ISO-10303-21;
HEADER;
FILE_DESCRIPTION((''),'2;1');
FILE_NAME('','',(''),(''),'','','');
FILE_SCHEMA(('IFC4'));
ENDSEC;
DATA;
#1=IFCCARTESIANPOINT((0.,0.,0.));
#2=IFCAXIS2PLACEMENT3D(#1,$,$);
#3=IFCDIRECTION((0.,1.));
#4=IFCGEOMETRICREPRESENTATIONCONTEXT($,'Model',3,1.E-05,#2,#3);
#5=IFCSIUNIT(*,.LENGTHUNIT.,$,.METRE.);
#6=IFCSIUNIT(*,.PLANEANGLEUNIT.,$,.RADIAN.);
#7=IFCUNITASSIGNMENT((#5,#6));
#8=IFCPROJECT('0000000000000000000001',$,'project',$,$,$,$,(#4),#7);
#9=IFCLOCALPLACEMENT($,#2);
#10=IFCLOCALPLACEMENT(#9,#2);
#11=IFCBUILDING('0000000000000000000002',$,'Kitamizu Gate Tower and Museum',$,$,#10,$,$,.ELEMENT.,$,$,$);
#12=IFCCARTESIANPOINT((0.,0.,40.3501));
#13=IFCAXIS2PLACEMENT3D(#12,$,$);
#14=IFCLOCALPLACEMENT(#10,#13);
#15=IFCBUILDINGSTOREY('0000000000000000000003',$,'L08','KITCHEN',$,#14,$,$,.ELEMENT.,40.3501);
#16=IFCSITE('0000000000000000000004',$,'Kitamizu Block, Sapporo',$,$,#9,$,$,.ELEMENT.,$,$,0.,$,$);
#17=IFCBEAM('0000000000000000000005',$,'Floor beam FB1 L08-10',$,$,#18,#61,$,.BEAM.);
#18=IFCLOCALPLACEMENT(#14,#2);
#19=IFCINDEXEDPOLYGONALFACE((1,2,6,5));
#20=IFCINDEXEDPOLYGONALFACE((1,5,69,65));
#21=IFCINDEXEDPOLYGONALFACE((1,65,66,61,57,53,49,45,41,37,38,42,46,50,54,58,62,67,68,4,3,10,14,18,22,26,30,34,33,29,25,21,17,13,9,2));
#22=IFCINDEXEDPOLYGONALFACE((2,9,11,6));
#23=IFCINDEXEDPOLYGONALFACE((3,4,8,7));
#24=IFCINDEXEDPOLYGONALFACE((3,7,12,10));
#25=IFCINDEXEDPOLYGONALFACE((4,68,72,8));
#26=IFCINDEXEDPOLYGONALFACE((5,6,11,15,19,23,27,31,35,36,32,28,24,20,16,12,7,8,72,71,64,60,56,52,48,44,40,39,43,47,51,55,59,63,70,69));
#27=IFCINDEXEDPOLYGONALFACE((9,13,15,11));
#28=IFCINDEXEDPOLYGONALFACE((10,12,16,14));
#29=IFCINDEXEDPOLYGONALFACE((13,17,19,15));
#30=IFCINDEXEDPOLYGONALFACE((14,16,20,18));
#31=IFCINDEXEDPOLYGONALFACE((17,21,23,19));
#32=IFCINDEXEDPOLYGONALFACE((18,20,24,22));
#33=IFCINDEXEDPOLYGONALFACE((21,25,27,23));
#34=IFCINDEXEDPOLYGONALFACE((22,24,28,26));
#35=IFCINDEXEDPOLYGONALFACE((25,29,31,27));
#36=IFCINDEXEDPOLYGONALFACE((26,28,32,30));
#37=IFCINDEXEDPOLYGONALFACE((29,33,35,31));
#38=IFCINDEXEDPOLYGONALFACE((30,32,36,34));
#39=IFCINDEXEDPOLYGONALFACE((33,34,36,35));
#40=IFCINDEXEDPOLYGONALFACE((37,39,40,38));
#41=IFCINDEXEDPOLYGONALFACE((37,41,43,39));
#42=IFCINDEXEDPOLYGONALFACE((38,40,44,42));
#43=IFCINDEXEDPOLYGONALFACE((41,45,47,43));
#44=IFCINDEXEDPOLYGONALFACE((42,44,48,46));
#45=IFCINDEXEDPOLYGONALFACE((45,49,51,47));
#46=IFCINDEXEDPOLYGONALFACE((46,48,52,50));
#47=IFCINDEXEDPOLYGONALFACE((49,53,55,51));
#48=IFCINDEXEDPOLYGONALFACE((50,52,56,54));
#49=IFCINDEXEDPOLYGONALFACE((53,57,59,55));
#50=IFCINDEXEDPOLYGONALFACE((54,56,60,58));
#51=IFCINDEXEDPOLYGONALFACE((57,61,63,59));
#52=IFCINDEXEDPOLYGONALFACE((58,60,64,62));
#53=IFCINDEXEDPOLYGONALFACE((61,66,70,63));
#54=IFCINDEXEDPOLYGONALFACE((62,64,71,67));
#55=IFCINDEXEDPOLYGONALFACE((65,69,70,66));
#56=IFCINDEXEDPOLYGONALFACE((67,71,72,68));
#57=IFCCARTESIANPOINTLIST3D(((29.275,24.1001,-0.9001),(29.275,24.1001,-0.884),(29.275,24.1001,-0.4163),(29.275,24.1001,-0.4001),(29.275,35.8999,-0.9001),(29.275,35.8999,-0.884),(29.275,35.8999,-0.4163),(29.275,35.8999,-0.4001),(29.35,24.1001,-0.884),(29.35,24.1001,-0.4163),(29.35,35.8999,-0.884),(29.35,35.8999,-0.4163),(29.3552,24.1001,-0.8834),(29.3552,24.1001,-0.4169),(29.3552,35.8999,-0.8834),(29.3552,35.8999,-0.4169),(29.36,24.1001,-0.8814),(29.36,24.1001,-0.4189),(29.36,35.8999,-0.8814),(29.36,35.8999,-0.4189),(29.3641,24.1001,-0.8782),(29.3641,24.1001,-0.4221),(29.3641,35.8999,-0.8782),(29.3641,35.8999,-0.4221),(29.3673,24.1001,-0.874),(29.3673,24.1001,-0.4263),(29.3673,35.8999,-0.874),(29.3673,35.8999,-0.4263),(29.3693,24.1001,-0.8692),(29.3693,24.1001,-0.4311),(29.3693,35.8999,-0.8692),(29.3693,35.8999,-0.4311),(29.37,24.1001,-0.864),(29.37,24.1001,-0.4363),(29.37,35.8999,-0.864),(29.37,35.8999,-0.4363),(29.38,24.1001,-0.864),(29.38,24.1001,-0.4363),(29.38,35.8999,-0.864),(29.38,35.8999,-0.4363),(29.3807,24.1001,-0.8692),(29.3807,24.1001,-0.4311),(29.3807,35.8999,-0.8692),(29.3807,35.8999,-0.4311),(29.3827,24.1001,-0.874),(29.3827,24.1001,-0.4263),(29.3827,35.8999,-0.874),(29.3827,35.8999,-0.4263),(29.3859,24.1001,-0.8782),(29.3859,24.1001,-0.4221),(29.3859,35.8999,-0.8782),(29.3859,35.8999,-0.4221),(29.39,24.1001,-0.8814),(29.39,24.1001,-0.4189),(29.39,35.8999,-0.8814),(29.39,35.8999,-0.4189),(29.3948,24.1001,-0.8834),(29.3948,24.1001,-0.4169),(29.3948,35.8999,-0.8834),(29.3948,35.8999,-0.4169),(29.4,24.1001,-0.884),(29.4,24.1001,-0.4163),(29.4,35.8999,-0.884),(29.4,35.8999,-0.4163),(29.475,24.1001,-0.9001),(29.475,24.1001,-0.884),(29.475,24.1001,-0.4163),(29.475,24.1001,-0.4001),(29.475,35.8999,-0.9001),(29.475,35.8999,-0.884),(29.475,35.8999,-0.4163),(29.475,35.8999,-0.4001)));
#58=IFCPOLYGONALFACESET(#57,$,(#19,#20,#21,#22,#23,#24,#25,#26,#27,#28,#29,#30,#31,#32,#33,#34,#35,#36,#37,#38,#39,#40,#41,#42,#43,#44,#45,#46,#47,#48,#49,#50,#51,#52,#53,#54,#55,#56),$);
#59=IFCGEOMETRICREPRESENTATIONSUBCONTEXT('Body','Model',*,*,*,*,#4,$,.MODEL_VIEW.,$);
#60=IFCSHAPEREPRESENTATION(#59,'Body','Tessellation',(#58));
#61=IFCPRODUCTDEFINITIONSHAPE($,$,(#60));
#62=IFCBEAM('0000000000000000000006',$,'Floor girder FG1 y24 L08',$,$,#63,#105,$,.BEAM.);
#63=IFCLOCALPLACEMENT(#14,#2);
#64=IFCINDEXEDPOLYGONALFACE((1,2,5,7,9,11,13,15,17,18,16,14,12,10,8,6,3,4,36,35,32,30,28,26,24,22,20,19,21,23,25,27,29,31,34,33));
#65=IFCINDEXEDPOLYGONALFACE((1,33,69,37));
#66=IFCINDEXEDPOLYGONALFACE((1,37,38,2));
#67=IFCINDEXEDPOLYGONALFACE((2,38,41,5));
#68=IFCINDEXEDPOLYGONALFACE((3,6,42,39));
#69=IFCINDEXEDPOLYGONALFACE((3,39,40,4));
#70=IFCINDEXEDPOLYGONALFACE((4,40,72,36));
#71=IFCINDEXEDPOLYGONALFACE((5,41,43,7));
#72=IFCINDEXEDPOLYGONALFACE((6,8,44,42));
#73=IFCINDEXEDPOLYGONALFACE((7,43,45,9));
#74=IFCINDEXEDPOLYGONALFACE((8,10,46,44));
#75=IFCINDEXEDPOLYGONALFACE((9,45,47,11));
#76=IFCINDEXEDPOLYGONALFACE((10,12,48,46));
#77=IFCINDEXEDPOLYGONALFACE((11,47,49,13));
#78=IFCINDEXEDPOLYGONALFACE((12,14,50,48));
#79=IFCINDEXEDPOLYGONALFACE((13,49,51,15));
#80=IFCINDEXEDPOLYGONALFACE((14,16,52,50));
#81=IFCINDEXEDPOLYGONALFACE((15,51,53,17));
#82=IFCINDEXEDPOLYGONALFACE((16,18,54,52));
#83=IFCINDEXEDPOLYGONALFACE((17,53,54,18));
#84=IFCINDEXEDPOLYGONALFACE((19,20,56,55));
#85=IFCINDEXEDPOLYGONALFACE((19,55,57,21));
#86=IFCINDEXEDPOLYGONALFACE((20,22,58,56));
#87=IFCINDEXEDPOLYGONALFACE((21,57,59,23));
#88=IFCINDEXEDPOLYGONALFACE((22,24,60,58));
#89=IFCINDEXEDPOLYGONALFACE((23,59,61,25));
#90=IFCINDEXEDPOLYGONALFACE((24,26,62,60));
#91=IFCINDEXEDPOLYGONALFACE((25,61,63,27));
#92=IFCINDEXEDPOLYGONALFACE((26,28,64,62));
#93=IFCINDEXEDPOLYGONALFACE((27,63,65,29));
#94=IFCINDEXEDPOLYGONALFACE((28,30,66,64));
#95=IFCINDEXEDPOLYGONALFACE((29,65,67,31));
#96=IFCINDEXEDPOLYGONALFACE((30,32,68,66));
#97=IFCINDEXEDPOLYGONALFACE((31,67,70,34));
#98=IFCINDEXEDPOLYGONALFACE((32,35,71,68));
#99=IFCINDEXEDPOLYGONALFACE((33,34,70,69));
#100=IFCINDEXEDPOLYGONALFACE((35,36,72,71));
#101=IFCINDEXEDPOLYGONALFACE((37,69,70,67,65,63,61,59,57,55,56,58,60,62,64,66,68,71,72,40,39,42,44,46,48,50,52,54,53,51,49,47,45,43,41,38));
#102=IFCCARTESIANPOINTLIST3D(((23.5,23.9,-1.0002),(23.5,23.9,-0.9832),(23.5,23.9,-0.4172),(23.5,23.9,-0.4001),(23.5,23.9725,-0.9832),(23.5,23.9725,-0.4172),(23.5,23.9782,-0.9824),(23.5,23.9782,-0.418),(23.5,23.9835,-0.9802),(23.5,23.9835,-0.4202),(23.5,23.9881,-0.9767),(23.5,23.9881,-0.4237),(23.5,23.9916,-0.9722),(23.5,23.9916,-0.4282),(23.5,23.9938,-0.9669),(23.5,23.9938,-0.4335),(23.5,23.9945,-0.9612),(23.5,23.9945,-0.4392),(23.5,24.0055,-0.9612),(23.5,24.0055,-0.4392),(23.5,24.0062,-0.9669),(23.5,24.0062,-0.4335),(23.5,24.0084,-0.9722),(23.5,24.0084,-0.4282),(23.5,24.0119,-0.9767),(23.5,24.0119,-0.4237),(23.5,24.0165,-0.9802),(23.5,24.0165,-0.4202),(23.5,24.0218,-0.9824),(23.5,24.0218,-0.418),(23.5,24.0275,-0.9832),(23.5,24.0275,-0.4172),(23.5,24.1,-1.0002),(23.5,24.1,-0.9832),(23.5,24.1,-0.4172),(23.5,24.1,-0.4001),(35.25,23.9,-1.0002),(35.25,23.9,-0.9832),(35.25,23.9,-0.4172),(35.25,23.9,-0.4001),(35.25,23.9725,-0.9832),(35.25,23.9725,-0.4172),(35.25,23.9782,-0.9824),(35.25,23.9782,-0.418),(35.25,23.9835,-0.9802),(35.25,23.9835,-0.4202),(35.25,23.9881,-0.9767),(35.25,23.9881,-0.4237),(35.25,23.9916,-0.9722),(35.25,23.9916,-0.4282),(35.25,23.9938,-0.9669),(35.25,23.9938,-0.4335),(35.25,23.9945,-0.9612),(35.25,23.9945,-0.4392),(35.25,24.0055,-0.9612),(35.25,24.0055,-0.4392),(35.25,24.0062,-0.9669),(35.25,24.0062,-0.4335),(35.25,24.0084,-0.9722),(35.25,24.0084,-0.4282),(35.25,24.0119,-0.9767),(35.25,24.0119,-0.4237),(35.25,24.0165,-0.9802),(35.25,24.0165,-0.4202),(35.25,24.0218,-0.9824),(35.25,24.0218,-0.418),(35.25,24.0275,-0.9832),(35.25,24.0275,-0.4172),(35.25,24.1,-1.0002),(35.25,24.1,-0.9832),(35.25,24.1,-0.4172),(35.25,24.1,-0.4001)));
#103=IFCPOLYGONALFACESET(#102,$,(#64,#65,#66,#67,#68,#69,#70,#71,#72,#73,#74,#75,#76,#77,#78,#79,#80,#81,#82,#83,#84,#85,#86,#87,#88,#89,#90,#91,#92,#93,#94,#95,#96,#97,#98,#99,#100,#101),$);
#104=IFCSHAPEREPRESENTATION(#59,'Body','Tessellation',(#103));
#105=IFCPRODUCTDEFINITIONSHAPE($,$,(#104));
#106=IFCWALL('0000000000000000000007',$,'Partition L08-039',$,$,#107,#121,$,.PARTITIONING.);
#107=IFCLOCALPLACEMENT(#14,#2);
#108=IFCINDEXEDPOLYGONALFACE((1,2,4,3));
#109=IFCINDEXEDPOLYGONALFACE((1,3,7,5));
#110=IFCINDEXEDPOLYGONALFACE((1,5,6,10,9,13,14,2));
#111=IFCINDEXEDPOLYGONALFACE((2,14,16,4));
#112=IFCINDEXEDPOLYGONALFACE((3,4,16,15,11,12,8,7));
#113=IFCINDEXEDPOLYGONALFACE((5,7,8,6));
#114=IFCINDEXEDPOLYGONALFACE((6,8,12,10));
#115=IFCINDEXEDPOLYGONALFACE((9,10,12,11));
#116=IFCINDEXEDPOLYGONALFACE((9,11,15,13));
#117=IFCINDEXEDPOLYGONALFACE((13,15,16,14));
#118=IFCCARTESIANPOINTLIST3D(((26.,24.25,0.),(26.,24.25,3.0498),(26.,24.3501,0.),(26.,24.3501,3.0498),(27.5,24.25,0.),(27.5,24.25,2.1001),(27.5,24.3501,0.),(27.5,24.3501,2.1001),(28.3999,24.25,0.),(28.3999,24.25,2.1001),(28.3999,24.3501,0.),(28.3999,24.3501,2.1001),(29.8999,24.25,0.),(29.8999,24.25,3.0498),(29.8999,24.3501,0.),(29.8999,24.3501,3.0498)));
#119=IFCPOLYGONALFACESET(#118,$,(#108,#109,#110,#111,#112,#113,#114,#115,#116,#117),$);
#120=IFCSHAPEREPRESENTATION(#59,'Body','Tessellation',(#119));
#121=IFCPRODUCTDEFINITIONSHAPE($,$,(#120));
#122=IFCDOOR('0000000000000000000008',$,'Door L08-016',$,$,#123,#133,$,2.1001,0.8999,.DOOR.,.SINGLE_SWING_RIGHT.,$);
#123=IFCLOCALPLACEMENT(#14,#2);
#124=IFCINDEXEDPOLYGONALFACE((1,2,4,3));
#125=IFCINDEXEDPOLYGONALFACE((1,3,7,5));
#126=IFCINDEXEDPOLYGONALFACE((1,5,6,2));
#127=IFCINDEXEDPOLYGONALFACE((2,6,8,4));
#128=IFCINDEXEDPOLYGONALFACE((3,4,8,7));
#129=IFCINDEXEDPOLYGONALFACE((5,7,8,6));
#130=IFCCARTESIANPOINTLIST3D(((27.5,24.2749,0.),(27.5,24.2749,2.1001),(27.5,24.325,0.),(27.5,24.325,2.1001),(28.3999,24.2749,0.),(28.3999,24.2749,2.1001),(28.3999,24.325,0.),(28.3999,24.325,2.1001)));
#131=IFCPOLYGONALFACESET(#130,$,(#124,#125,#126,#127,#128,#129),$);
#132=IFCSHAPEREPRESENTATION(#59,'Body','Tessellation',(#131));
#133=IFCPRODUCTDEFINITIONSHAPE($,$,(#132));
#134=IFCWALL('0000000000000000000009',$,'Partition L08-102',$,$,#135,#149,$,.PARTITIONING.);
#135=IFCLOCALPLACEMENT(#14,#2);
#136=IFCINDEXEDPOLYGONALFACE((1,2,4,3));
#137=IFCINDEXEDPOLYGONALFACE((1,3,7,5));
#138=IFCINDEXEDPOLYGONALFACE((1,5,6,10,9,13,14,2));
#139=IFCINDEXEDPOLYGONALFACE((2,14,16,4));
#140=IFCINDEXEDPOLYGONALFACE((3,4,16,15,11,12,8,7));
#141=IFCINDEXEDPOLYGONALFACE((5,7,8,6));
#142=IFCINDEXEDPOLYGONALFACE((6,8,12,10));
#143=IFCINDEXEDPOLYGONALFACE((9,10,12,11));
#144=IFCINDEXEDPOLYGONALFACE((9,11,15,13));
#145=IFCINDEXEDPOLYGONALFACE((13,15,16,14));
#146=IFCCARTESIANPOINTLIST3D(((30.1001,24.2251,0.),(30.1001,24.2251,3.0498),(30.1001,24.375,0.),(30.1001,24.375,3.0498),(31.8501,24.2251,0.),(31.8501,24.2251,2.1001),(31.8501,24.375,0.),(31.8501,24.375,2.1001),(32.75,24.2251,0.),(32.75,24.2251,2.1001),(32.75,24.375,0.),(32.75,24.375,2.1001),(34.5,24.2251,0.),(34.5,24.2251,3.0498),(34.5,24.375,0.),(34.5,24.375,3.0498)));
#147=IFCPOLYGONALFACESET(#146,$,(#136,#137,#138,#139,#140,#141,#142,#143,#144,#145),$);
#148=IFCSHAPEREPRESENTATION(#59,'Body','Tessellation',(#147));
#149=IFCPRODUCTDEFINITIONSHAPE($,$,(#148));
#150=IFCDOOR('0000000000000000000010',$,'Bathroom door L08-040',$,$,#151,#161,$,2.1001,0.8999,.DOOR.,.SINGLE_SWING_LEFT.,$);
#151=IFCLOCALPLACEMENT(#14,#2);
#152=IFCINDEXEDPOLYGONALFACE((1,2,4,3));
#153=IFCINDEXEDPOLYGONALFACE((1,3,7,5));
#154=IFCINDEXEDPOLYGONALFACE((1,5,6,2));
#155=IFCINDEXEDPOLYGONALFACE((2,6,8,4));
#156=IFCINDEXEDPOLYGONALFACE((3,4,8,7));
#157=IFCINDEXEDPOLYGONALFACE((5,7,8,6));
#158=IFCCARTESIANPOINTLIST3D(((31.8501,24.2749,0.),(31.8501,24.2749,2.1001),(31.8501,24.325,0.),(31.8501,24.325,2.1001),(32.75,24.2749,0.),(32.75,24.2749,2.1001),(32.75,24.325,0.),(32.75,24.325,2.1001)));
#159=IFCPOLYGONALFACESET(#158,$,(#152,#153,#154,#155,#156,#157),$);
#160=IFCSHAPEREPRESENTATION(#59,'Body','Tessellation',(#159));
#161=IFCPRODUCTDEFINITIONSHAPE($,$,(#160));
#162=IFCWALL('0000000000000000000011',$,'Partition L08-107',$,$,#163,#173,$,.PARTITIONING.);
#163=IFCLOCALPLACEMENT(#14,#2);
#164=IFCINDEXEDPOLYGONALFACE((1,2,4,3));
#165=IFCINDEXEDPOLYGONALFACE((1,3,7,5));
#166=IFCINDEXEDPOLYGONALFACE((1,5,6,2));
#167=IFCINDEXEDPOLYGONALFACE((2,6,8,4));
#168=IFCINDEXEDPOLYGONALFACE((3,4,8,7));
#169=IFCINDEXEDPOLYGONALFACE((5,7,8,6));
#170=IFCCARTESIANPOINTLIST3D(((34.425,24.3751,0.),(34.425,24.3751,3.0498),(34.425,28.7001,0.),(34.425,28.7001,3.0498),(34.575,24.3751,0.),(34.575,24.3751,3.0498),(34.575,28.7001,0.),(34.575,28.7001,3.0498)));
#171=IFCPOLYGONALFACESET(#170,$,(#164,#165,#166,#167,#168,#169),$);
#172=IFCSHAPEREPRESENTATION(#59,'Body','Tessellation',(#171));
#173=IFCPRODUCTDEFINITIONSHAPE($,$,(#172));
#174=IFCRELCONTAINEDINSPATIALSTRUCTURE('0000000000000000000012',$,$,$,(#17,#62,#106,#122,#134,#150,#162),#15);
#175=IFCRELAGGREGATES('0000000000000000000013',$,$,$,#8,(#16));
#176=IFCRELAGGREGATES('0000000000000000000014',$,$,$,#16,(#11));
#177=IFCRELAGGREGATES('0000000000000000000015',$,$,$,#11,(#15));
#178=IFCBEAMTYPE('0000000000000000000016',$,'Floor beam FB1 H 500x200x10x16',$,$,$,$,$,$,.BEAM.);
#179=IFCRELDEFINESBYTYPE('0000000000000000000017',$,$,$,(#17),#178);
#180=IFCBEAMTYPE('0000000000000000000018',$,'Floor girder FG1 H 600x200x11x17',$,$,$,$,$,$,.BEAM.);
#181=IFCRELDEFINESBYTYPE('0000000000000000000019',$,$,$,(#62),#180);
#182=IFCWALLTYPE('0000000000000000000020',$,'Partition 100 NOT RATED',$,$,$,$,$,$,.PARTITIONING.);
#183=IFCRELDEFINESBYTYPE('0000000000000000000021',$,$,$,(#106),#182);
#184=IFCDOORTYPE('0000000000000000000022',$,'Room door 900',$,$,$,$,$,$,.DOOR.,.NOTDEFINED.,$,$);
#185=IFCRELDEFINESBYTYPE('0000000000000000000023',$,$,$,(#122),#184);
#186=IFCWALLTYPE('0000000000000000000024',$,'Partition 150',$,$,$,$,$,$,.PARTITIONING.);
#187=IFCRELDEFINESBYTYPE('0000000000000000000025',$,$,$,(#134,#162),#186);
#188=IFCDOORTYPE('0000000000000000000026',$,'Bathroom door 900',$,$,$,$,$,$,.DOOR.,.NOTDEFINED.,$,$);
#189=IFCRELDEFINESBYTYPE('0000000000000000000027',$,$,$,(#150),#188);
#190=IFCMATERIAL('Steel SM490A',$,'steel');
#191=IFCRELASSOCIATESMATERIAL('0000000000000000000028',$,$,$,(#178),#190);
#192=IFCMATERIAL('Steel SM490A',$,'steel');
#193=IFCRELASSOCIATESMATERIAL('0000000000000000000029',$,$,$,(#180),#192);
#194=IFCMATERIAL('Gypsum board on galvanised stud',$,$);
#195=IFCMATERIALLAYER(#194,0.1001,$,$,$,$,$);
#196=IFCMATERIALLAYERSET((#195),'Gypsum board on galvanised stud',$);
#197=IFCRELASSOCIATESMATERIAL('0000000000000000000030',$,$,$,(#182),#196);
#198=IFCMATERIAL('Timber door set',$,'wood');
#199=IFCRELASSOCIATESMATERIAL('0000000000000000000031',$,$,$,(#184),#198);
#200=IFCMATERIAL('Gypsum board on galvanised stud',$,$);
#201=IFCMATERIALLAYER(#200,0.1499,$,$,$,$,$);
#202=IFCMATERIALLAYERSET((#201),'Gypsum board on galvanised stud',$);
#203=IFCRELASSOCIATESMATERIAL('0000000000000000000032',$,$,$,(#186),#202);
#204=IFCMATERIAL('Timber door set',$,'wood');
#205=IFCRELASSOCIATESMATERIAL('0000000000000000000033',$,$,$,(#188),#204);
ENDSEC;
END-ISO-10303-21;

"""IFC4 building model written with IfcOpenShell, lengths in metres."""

from ifc_helpers import new_model, si_unit, direction, frame, frame_2d, origin, origin_2d, place, context, subcontext, project, spatial, rectangle, i_section, extrude, material, layer, layer_set, material_profile, profile_set, type_object, element, fill, save


model = new_model("IFC4")

# Units and contexts
model_context = context("Model", 3, precision=1e-05, world=origin(), true_north=direction((0.0, 1.0)))
body_context = subcontext(model_context, "Body", "Model", "MODEL_VIEW")
ifc_project = project(units=[si_unit("LENGTHUNIT", "METRE"), si_unit("PLANEANGLEUNIT", "RADIAN")], contexts=[model_context])

# Site, building, storey
site_placement = place(None, origin())
site = spatial("IfcSite", under=ifc_project, at=site_placement, Name="Kitamizu Block, Sapporo", CompositionType="ELEMENT", RefElevation=0.0)
building_placement = place(site_placement, origin())
building = spatial("IfcBuilding", under=site, at=building_placement, Name="Kitamizu Gate Tower and Museum", CompositionType="ELEMENT")
storey_placement = place(building_placement, frame((0.0, 0.0, 40.3501)))
storey = spatial("IfcBuildingStorey", under=building, at=storey_placement, Name="L08", Description="KITCHEN", CompositionType="ELEMENT", Elevation=40.3501)

# Beams
ifc_material_1 = material(Name="Steel SM490A", Category="steel")
ifc_material_profile_1 = material_profile(ifc_material_1, i_section(OverallWidth=0.2, OverallDepth=0.5, WebThickness=0.01, FlangeThickness=0.0161, FilletRadius=0.02, at=origin_2d()), Name="H-500x200x10x16")
ifc_profile_set_1 = profile_set([ifc_material_profile_1], Name="Steel SM490A")
beam_type_1 = type_object("IfcBeamType", Name="Floor beam FB1 H 500x200x10x16", PredefinedType="BEAM", material=ifc_profile_set_1)
beam_1_placement = place(storey_placement, frame((29.375, 24.1001, -0.6501), z_axis=(0.0, 1.0, 0.0), x_axis=(-1.0, 0.0, 0.0)))
element("IfcBeam", 1, at=beam_1_placement, inside=storey, type_object=beam_type_1, Name="Floor beam FB1 L08-10", PredefinedType="BEAM", context=body_context, shape_type="SweptSolid", body=[
    extrude(i_section(OverallWidth=0.2, OverallDepth=0.5, WebThickness=0.01, FlangeThickness=0.0161, FilletRadius=0.02, at=origin_2d()), origin(), (0.0, 0.0, 1.0), 11.7998),
])
ifc_material_2 = material(Name="Steel SM490A", Category="steel")
ifc_material_profile_2 = material_profile(ifc_material_2, i_section(OverallWidth=0.2, OverallDepth=0.6001, WebThickness=0.011, FlangeThickness=0.0171, FilletRadius=0.022, at=origin_2d()), Name="H-600x200x11x17")
ifc_profile_set_2 = profile_set([ifc_material_profile_2], Name="Steel SM490A")
beam_type_2 = type_object("IfcBeamType", Name="Floor girder FG1 H 600x200x11x17", PredefinedType="BEAM", material=ifc_profile_set_2)
beam_2_placement = place(storey_placement, frame((23.5, 24.0, -0.7002), z_axis=(1.0, 0.0, 0.0), x_axis=(0.0, 1.0, 0.0)))
element("IfcBeam", 2, at=beam_2_placement, inside=storey, type_object=beam_type_2, Name="Floor girder FG1 y24 L08", PredefinedType="BEAM", context=body_context, shape_type="SweptSolid", body=[
    extrude(i_section(OverallWidth=0.2, OverallDepth=0.6001, WebThickness=0.011, FlangeThickness=0.0171, FilletRadius=0.022, at=origin_2d()), origin(), (0.0, 0.0, 1.0), 11.75),
])

# Walls, openings, doors
ifc_material_3 = material(Name="Gypsum board on galvanised stud")
ifc_layer_1 = layer(ifc_material_3, 0.1001)
ifc_layer_set_1 = layer_set([ifc_layer_1], Name="Gypsum board on galvanised stud")
wall_type_1 = type_object("IfcWallType", Name="Partition 100 NOT RATED", PredefinedType="PARTITIONING", material=ifc_layer_set_1)
wall_1_placement = place(storey_placement, frame((29.8999, 24.3, 0.0), z_axis=(0.0, 0.0, 1.0), x_axis=(-1.0, 0.0, 0.0)))
wall_1 = element("IfcWall", 3, at=wall_1_placement, inside=storey, type_object=wall_type_1, Name="Partition L08-039", PredefinedType="PARTITIONING", context=body_context, shape_type="SweptSolid", body=[
    extrude(rectangle(XDim=3.8999, YDim=0.1001, at=frame_2d((1.95, 0.0))), origin(), (0.0, 0.0, 1.0), 3.0498),
])
opening_1_placement = place(wall_1_placement, frame((1.5, 0.0, 0.0)))
opening_1 = element("IfcOpeningElement", 4, at=opening_1_placement, cuts=wall_1, PredefinedType="OPENING", context=body_context, shape_type="SweptSolid", body=[
    extrude(rectangle(XDim=0.8999, YDim=2.1001, at=frame_2d((0.45, 1.05))), frame((0.0, 0.0601, 0.0), z_axis=(0.0, -1.0, 0.0), x_axis=(1.0, 0.0, 0.0)), (0.0, 0.0, 1.0), 0.1201),
])
ifc_material_4 = material(Name="Timber door set", Category="wood")
door_type_1 = type_object("IfcDoorType", Name="Room door 900", OperationType="NOTDEFINED", PredefinedType="DOOR", material=ifc_material_4)
door_1_placement = place(opening_1_placement, frame((0.8999, 0.0, 0.0), x_axis=(-1.0, 0.0, 0.0)))
door_1 = element("IfcDoor", 5, at=door_1_placement, inside=storey, type_object=door_type_1, Name="Door L08-016", OperationType="SINGLE_SWING_RIGHT", OverallHeight=2.1001, OverallWidth=0.8999, PredefinedType="DOOR", context=body_context, shape_type="SweptSolid", body=[
    extrude(rectangle(XDim=0.8999, YDim=2.1001, at=frame_2d((0.45, 1.05))), frame((0.0, 0.0249, 0.0), z_axis=(0.0, -1.0, 0.0), x_axis=(1.0, 0.0, 0.0)), (0.0, 0.0, 1.0), 0.05),
])
fill(opening_1, door_1)
ifc_material_5 = material(Name="Gypsum board on galvanised stud")
ifc_layer_2 = layer(ifc_material_5, 0.1499)
ifc_layer_set_2 = layer_set([ifc_layer_2], Name="Gypsum board on galvanised stud")
wall_type_2 = type_object("IfcWallType", Name="Partition 150", PredefinedType="PARTITIONING", material=ifc_layer_set_2)
wall_2_placement = place(storey_placement, frame((34.5, 24.3, 0.0), z_axis=(0.0, 0.0, 1.0), x_axis=(-1.0, 0.0, 0.0)))
wall_2 = element("IfcWall", 6, at=wall_2_placement, inside=storey, type_object=wall_type_2, Name="Partition L08-102", PredefinedType="PARTITIONING", context=body_context, shape_type="SweptSolid", body=[
    extrude(rectangle(XDim=4.3999, YDim=0.1499, at=frame_2d((2.2, 0.0))), origin(), (0.0, 0.0, 1.0), 3.0498),
])
opening_2_placement = place(wall_2_placement, frame((1.75, 0.0, 0.0)))
opening_2 = element("IfcOpeningElement", 7, at=opening_2_placement, cuts=wall_2, PredefinedType="OPENING", context=body_context, shape_type="SweptSolid", body=[
    extrude(rectangle(XDim=0.8999, YDim=2.1001, at=frame_2d((0.45, 1.05))), frame((0.0, 0.085, 0.0), z_axis=(0.0, -1.0, 0.0), x_axis=(1.0, 0.0, 0.0)), (0.0, 0.0, 1.0), 0.1699),
])
ifc_material_6 = material(Name="Timber door set", Category="wood")
door_type_2 = type_object("IfcDoorType", Name="Bathroom door 900", OperationType="NOTDEFINED", PredefinedType="DOOR", material=ifc_material_6)
door_2_placement = place(opening_2_placement, frame((0.8999, 0.0, 0.0), x_axis=(-1.0, 0.0, 0.0)))
door_2 = element("IfcDoor", 8, at=door_2_placement, inside=storey, type_object=door_type_2, Name="Bathroom door L08-040", OperationType="SINGLE_SWING_LEFT", OverallHeight=2.1001, OverallWidth=0.8999, PredefinedType="DOOR", context=body_context, shape_type="SweptSolid", body=[
    extrude(rectangle(XDim=0.8999, YDim=2.1001, at=frame_2d((0.45, 1.05))), frame((0.0, 0.0249, 0.0), z_axis=(0.0, -1.0, 0.0), x_axis=(1.0, 0.0, 0.0)), (0.0, 0.0, 1.0), 0.05),
])
fill(opening_2, door_2)

# Wall
wall_3_placement = place(storey_placement, frame((34.5, 24.375, 0.0), z_axis=(0.0, 0.0, 1.0), x_axis=(0.0, 1.0, 0.0)))
element("IfcWall", 9, at=wall_3_placement, inside=storey, type_object=wall_type_2, Name="Partition L08-107", PredefinedType="PARTITIONING", context=body_context, shape_type="SweptSolid", body=[
    extrude(rectangle(XDim=4.325, YDim=0.1499, at=frame_2d((2.1626, 0.0))), origin(), (0.0, 0.0, 1.0), 3.0498),
])

save(model, "model.ifc")
